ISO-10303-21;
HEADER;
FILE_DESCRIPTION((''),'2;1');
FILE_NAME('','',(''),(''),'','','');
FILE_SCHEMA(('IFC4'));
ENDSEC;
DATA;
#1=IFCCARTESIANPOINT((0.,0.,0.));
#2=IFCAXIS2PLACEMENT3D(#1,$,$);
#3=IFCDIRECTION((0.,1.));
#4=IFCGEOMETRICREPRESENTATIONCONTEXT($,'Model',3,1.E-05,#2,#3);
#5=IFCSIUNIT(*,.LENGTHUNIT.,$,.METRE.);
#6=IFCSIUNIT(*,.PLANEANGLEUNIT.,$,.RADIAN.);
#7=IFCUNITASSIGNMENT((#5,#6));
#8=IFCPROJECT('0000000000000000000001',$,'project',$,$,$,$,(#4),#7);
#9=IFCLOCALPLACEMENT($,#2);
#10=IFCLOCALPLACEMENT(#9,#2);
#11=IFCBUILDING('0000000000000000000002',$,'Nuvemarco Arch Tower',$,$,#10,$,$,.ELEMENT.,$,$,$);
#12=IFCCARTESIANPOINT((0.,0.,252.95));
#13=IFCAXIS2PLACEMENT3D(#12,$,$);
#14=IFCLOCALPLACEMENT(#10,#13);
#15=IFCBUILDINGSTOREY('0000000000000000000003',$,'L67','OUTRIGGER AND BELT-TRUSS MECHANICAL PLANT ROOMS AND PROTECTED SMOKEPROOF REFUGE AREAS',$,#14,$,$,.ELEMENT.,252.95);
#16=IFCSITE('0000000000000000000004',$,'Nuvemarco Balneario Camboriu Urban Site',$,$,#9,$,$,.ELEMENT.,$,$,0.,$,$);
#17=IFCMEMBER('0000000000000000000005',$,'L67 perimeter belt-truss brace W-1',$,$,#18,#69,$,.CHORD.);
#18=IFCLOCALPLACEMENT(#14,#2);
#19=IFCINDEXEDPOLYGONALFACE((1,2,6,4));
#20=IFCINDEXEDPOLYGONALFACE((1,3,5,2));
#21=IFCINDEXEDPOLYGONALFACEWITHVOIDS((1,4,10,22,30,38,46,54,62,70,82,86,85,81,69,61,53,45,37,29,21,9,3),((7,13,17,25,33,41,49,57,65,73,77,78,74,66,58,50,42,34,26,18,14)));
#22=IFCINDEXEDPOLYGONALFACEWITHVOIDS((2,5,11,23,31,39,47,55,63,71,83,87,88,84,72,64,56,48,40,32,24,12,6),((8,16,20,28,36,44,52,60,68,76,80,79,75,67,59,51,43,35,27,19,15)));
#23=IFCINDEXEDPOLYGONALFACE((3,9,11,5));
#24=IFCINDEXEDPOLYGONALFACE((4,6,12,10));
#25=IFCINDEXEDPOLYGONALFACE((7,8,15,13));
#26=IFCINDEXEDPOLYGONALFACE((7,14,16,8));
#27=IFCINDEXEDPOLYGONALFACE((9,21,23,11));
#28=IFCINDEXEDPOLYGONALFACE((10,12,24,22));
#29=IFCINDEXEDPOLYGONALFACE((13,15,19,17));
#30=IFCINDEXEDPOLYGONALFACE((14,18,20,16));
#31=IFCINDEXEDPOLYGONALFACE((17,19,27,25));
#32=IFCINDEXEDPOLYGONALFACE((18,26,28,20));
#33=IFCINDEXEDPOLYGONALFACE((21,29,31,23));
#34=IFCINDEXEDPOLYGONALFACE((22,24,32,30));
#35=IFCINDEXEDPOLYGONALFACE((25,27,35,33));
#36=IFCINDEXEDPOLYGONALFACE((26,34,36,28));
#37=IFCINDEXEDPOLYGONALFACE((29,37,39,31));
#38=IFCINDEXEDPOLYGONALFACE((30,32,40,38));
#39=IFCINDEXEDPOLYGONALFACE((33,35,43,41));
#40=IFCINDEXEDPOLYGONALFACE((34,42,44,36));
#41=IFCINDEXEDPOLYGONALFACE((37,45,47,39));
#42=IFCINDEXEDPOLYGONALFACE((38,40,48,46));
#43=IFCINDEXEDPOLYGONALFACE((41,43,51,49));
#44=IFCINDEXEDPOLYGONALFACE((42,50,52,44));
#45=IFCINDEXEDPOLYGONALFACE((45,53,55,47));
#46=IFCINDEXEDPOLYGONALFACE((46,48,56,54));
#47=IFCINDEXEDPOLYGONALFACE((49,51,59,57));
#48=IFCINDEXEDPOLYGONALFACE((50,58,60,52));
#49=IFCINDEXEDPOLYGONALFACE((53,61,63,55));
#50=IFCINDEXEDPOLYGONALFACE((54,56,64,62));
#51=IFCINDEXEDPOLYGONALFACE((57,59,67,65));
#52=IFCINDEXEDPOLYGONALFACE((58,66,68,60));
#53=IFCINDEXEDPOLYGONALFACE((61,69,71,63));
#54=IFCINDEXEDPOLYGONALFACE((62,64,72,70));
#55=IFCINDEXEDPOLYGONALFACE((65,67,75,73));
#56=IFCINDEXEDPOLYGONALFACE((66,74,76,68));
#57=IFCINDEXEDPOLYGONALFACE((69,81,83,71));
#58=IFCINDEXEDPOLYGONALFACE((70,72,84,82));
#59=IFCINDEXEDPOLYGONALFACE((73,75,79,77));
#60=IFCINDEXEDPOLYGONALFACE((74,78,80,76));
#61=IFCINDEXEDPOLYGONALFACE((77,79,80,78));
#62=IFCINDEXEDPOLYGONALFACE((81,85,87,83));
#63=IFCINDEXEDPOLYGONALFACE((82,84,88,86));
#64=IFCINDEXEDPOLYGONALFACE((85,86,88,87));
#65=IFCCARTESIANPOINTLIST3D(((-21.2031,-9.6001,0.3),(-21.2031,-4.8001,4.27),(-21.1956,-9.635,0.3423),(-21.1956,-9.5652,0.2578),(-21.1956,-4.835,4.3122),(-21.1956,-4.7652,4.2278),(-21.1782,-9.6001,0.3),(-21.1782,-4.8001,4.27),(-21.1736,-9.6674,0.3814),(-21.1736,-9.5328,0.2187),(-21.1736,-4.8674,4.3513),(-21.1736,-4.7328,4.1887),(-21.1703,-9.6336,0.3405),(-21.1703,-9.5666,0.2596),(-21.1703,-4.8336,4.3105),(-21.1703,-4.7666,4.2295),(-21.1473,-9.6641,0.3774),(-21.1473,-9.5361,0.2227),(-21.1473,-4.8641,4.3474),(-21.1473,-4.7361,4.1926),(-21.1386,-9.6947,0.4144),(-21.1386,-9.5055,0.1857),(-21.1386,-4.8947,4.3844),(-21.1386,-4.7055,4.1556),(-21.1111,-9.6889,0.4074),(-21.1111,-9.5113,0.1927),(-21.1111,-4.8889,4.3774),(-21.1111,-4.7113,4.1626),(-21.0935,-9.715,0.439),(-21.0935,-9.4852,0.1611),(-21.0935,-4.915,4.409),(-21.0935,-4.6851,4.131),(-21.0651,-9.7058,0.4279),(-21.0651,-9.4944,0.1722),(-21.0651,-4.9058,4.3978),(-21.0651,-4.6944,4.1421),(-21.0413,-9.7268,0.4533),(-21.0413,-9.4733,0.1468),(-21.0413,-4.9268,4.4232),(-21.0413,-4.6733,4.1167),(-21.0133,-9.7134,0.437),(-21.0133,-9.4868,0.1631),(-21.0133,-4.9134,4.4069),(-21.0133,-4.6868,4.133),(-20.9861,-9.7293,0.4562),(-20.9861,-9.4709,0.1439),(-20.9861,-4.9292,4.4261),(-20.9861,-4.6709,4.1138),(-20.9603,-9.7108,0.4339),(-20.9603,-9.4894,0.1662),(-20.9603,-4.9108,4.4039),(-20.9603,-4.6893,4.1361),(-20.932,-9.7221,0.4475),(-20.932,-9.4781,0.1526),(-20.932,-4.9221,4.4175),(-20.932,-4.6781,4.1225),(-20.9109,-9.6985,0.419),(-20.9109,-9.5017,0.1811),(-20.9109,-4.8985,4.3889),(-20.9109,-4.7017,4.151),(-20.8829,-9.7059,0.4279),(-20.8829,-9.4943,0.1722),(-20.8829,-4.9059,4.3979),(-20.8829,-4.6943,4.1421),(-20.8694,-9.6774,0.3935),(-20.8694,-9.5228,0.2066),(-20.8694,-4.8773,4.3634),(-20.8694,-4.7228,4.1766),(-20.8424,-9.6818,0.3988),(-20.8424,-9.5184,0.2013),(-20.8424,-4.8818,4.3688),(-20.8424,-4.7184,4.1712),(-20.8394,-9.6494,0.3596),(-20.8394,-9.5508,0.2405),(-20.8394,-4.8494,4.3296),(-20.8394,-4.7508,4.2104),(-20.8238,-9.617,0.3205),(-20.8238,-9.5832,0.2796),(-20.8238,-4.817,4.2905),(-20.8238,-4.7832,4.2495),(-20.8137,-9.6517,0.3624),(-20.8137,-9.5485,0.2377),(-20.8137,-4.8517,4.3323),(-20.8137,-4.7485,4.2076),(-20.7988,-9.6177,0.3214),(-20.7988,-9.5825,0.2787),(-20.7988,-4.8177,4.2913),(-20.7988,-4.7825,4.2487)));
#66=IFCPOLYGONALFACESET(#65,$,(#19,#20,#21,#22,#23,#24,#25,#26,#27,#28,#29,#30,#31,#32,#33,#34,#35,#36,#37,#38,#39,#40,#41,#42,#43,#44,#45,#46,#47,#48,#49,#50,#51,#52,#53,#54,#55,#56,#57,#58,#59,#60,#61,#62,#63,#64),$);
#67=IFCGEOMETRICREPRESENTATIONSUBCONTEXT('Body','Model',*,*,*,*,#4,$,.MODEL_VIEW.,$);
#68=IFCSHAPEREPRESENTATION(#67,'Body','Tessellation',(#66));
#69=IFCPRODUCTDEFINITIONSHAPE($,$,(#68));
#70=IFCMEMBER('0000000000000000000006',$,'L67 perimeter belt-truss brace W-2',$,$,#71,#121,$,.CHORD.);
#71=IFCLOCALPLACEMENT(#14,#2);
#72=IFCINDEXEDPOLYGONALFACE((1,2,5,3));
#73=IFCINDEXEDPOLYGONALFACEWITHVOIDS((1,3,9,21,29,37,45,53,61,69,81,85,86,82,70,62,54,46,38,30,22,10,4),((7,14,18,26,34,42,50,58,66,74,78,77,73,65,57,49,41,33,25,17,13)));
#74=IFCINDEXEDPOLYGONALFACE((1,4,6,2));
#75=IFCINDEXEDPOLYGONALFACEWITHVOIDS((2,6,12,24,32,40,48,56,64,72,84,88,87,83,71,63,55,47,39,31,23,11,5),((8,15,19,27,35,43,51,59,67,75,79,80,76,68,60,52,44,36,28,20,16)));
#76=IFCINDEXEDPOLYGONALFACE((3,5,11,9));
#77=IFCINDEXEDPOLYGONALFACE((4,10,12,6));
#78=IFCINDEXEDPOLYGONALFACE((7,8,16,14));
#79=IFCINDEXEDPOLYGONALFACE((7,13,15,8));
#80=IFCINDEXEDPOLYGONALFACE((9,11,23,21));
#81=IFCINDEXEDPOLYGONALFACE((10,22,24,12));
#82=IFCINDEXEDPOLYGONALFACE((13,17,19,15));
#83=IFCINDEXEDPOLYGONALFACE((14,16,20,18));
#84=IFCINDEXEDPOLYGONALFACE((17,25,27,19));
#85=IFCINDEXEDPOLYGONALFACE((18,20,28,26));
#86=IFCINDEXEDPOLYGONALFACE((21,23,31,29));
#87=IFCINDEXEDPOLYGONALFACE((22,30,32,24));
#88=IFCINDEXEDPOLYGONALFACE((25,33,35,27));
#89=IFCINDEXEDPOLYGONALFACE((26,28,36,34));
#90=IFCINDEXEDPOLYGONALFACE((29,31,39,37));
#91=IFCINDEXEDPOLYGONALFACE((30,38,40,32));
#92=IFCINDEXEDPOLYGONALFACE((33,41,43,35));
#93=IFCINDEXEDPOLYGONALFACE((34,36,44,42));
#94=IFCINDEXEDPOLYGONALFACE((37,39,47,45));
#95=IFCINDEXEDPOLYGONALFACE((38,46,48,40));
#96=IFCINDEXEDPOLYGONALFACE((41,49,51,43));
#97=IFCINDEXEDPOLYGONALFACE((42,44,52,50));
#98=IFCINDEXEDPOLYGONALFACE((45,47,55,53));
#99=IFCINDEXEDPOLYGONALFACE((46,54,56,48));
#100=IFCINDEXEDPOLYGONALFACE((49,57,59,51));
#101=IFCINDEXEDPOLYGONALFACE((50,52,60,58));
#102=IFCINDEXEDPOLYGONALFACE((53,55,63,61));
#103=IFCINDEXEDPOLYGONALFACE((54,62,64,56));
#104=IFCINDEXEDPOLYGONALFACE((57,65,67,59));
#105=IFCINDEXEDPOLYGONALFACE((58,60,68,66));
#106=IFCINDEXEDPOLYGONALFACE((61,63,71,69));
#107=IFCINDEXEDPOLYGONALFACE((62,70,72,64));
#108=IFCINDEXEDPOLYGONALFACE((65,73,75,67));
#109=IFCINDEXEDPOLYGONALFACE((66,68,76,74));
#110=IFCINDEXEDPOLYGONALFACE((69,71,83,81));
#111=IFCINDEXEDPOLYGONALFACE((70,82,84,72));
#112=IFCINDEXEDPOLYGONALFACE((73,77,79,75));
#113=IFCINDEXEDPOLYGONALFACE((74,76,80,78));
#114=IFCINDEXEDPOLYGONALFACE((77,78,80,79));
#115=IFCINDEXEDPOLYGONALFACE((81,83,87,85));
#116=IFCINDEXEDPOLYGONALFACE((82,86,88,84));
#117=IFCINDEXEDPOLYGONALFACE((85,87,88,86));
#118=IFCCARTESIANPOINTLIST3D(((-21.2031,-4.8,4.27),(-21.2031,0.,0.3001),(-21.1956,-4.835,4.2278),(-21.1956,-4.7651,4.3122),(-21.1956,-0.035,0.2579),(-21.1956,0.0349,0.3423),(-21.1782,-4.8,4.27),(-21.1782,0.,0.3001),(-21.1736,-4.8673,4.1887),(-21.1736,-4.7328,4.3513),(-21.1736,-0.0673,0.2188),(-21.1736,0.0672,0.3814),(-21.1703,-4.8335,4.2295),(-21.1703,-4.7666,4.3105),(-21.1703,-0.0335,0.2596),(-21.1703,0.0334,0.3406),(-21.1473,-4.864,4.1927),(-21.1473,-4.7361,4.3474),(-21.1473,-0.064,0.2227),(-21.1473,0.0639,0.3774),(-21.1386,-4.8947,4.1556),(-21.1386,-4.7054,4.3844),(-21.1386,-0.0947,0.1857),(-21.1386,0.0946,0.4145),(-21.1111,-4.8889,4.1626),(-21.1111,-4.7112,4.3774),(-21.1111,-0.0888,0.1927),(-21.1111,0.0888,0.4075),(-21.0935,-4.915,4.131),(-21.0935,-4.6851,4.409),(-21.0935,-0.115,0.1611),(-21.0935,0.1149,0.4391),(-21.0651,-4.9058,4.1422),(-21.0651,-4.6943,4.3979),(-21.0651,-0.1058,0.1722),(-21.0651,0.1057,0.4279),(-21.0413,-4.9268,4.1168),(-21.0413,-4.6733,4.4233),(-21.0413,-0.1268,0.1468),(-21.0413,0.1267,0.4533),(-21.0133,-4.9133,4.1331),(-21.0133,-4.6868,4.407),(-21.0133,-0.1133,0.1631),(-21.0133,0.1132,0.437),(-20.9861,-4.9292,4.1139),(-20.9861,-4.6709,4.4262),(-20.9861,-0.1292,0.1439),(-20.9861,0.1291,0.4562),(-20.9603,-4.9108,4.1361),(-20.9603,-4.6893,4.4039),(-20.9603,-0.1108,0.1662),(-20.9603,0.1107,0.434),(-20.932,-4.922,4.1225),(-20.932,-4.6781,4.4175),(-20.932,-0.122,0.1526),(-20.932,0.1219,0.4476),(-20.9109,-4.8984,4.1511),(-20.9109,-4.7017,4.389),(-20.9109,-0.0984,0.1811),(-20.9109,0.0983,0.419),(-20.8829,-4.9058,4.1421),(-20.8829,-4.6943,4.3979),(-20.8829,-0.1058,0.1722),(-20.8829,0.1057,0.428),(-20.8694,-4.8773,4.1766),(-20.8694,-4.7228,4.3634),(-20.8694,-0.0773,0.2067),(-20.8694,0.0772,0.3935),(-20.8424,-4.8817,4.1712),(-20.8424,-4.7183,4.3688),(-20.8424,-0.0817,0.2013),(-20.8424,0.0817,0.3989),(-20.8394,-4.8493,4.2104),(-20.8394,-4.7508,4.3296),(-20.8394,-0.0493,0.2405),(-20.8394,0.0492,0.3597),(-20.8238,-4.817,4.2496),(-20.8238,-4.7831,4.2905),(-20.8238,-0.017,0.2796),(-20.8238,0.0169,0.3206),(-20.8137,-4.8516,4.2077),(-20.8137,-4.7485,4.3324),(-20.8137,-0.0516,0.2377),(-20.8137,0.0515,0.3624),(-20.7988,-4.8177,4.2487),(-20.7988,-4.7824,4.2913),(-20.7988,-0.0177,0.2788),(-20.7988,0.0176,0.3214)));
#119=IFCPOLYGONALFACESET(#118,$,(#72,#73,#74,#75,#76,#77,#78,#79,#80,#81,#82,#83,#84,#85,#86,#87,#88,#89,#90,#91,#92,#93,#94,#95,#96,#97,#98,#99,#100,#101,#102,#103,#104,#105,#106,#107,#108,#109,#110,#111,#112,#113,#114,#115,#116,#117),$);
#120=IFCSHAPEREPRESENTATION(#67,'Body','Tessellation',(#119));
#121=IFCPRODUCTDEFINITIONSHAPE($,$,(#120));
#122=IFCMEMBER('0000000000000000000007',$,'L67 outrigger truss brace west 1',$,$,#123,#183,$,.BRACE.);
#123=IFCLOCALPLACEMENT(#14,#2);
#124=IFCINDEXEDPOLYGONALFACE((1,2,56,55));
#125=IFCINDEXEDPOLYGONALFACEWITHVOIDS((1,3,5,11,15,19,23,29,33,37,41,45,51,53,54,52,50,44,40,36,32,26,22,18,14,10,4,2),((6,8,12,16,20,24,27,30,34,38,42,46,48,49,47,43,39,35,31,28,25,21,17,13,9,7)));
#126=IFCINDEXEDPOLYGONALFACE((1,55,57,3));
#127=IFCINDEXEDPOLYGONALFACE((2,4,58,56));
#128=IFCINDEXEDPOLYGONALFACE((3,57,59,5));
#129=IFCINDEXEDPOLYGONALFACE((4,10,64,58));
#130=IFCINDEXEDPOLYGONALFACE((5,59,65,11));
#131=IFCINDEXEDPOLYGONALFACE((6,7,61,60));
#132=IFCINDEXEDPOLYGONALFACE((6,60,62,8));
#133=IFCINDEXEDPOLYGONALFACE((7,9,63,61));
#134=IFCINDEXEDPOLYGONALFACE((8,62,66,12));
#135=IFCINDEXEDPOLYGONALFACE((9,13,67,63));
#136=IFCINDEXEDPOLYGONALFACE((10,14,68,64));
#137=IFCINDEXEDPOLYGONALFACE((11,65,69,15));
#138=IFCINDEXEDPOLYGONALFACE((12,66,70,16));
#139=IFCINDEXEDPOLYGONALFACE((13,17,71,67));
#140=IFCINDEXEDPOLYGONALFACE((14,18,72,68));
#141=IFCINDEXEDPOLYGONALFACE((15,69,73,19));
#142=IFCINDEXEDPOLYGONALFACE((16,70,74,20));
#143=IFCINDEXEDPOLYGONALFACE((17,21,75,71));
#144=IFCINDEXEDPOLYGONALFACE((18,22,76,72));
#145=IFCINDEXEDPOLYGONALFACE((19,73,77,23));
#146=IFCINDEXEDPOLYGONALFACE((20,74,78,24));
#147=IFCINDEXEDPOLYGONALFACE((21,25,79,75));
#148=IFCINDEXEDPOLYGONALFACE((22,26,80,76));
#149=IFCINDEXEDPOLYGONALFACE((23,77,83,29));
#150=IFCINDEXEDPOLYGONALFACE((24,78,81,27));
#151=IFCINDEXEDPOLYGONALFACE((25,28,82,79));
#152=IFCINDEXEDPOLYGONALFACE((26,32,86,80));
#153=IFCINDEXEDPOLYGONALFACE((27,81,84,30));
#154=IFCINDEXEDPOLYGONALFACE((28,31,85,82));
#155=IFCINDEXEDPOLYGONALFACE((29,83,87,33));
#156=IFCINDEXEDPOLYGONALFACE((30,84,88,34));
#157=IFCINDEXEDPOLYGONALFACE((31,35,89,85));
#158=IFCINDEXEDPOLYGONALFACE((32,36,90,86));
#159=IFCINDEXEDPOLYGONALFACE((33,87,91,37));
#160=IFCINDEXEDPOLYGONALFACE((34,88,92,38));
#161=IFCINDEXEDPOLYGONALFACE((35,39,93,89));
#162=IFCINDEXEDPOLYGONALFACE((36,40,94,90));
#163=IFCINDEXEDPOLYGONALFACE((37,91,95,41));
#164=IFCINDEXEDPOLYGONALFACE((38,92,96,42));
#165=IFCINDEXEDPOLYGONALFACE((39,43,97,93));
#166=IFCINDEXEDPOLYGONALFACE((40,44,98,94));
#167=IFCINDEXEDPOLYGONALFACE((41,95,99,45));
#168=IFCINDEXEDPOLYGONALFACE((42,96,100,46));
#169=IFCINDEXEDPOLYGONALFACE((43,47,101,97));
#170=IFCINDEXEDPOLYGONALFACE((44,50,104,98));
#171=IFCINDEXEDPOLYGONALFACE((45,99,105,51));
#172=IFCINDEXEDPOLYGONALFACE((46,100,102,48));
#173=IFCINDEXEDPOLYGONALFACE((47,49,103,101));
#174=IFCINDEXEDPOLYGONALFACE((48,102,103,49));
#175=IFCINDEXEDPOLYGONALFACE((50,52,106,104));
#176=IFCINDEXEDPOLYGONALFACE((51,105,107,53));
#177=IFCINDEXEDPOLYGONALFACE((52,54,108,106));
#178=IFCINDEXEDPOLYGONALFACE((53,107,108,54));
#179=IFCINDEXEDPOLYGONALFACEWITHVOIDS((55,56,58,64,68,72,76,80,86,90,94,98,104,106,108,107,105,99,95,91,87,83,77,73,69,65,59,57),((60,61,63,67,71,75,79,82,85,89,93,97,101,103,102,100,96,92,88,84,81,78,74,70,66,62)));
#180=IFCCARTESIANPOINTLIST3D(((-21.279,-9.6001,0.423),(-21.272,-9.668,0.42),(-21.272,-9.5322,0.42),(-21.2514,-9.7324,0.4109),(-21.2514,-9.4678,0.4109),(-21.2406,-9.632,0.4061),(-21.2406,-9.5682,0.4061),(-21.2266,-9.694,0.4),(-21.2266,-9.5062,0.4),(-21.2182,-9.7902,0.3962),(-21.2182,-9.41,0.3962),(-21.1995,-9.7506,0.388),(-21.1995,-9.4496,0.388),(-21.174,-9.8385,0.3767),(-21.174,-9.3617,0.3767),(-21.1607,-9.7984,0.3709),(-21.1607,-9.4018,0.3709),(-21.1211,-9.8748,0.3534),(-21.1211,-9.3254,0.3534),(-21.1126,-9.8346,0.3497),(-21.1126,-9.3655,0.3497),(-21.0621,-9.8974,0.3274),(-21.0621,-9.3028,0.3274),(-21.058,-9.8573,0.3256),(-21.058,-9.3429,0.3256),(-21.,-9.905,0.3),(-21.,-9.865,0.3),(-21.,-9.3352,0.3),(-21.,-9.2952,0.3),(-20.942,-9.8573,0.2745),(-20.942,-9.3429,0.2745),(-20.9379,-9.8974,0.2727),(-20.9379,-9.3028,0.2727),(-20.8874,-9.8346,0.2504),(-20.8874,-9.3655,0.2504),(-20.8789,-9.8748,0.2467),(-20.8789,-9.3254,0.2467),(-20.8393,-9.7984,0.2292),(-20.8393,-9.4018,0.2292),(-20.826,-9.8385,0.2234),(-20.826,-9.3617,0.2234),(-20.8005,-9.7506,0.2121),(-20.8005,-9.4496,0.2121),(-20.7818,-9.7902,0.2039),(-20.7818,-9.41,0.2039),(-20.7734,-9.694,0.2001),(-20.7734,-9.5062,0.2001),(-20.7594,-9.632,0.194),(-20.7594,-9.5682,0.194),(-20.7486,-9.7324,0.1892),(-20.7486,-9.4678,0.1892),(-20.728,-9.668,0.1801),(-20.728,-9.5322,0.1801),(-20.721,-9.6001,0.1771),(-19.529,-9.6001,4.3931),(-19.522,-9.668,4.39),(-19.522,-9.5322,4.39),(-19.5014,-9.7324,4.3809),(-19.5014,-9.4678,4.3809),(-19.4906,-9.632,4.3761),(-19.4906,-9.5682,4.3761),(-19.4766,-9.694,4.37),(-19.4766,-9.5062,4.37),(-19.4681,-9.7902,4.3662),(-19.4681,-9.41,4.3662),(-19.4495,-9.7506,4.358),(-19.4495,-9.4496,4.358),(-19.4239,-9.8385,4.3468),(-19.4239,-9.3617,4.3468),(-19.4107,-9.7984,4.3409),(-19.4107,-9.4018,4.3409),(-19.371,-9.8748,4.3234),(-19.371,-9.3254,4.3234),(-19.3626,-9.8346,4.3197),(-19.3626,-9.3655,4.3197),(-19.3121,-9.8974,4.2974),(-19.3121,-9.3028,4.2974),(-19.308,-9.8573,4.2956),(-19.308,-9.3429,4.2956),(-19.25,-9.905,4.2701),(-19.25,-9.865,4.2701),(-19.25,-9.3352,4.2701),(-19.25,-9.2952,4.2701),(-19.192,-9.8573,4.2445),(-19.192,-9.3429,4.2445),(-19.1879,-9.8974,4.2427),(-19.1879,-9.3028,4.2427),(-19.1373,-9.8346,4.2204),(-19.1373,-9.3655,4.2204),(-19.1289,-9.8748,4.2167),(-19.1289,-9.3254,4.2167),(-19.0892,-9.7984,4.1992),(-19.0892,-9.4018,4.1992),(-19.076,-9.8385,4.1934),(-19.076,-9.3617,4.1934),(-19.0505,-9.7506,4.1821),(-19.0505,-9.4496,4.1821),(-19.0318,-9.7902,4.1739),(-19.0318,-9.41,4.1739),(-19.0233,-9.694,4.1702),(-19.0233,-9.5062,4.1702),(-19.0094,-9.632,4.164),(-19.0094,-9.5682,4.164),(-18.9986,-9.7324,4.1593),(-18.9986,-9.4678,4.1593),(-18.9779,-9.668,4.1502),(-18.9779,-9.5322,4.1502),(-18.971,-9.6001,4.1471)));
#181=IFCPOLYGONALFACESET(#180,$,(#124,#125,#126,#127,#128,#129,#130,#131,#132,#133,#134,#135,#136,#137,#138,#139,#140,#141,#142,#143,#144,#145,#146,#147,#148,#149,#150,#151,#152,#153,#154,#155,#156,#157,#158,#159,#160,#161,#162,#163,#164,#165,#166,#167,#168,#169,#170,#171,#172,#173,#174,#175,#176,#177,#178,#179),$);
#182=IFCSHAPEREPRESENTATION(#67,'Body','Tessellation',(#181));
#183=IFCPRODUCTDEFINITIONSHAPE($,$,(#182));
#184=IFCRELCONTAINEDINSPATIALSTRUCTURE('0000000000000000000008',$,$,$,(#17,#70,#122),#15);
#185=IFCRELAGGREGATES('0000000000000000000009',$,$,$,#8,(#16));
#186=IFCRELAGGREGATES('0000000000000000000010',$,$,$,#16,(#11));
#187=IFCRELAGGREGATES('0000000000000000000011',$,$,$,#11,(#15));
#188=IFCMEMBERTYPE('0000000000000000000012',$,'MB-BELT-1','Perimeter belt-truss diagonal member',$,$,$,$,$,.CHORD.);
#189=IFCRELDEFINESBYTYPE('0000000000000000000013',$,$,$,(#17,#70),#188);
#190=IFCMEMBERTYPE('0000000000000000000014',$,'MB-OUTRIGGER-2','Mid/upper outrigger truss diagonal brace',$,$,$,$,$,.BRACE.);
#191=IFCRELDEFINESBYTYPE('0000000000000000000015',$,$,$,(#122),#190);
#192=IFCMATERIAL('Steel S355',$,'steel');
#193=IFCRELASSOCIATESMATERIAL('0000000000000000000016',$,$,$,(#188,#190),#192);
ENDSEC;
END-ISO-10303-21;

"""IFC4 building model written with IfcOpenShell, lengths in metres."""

from ifc_helpers import new_model, si_unit, direction, frame, origin, origin_2d, place, context, subcontext, project, spatial, hollow_circle, extrude, material, material_profile, profile_set, type_object, element, save


model = new_model("IFC4")

# Units and contexts
model_context = context("Model", 3, precision=1e-05, world=origin(), true_north=direction((0.0, 1.0)))
body_context = subcontext(model_context, "Body", "Model", "MODEL_VIEW")
ifc_project = project(units=[si_unit("LENGTHUNIT", "METRE"), si_unit("PLANEANGLEUNIT", "RADIAN")], contexts=[model_context])

# Site, building, storey
site_placement = place(None, origin())
site = spatial("IfcSite", under=ifc_project, at=site_placement, Name="Nuvemarco Balneario Camboriu Urban Site", CompositionType="ELEMENT", RefElevation=0.0)
building_placement = place(site_placement, origin())
building = spatial("IfcBuilding", under=site, at=building_placement, Name="Nuvemarco Arch Tower", CompositionType="ELEMENT")
storey_placement = place(building_placement, frame((0.0, 0.0, 252.95)))
storey = spatial("IfcBuildingStorey", under=building, at=storey_placement, Name="L67", Description="OUTRIGGER AND BELT-TRUSS MECHANICAL PLANT ROOMS AND PROTECTED SMOKEPROOF REFUGE AREAS", CompositionType="ELEMENT", Elevation=252.95)

# Shared definitions
ifc_material_1 = material(Name="Steel S355", Category="steel")

# Members
ifc_material_profile_1 = material_profile(ifc_material_1, hollow_circle(Radius=0.2031, WallThickness=0.0249, at=origin_2d()), Name="CHS406.4x25")
ifc_profile_set_1 = profile_set([ifc_material_profile_1], Name="Steel S355")
member_type_1 = type_object("IfcMemberType", Name="MB-BELT-1", Description="Perimeter belt-truss diagonal member", PredefinedType="CHORD", material=ifc_profile_set_1)
for number, where, z_axis, x_axis, name in (
    (1, (-21.0, -9.6001, 0.3), (0.0, 0.77059, 0.637331), (-1.0, 0.0, 0.0), "L67 perimeter belt-truss brace W-1"),
    (2, (-21.0, -4.8, 4.27), (0.0, 0.77059, -0.637331), (-1.0, 0.0, 0.0), "L67 perimeter belt-truss brace W-2"),
):
    element("IfcMember", number, at=place(storey_placement, frame(where, z_axis=z_axis, x_axis=x_axis)), inside=storey, type_object=member_type_1, Name=name, PredefinedType="CHORD", context=body_context, shape_type="SweptSolid", body=[
        extrude(hollow_circle(Radius=0.2031, WallThickness=0.0249, at=origin_2d()), origin(), (0.0, 0.0, 1.0), 6.229),
    ])
ifc_material_profile_2 = material_profile(ifc_material_1, hollow_circle(Radius=0.3049, WallThickness=0.04, at=origin_2d()), Name="CHS610x40")
ifc_profile_set_2 = profile_set([ifc_material_profile_2], Name="Steel S355")
member_type_2 = type_object("IfcMemberType", Name="MB-OUTRIGGER-2", Description="Mid/upper outrigger truss diagonal brace", PredefinedType="BRACE", material=ifc_profile_set_2)
for number, where, z_axis, x_axis, name in (
    (3, (-21.0, -9.6001, 0.3), (0.403359, 0.0, 0.915042), (0.0, 1.0, 0.0), "L67 outrigger truss brace west 1"),
):
    element("IfcMember", number, at=place(storey_placement, frame(where, z_axis=z_axis, x_axis=x_axis)), inside=storey, type_object=member_type_2, Name=name, PredefinedType="BRACE", context=body_context, shape_type="SweptSolid", body=[
        extrude(hollow_circle(Radius=0.3049, WallThickness=0.04, at=origin_2d()), origin(), (0.0, 0.0, 1.0), 4.3386),
    ])

save(model, "model.ifc")
